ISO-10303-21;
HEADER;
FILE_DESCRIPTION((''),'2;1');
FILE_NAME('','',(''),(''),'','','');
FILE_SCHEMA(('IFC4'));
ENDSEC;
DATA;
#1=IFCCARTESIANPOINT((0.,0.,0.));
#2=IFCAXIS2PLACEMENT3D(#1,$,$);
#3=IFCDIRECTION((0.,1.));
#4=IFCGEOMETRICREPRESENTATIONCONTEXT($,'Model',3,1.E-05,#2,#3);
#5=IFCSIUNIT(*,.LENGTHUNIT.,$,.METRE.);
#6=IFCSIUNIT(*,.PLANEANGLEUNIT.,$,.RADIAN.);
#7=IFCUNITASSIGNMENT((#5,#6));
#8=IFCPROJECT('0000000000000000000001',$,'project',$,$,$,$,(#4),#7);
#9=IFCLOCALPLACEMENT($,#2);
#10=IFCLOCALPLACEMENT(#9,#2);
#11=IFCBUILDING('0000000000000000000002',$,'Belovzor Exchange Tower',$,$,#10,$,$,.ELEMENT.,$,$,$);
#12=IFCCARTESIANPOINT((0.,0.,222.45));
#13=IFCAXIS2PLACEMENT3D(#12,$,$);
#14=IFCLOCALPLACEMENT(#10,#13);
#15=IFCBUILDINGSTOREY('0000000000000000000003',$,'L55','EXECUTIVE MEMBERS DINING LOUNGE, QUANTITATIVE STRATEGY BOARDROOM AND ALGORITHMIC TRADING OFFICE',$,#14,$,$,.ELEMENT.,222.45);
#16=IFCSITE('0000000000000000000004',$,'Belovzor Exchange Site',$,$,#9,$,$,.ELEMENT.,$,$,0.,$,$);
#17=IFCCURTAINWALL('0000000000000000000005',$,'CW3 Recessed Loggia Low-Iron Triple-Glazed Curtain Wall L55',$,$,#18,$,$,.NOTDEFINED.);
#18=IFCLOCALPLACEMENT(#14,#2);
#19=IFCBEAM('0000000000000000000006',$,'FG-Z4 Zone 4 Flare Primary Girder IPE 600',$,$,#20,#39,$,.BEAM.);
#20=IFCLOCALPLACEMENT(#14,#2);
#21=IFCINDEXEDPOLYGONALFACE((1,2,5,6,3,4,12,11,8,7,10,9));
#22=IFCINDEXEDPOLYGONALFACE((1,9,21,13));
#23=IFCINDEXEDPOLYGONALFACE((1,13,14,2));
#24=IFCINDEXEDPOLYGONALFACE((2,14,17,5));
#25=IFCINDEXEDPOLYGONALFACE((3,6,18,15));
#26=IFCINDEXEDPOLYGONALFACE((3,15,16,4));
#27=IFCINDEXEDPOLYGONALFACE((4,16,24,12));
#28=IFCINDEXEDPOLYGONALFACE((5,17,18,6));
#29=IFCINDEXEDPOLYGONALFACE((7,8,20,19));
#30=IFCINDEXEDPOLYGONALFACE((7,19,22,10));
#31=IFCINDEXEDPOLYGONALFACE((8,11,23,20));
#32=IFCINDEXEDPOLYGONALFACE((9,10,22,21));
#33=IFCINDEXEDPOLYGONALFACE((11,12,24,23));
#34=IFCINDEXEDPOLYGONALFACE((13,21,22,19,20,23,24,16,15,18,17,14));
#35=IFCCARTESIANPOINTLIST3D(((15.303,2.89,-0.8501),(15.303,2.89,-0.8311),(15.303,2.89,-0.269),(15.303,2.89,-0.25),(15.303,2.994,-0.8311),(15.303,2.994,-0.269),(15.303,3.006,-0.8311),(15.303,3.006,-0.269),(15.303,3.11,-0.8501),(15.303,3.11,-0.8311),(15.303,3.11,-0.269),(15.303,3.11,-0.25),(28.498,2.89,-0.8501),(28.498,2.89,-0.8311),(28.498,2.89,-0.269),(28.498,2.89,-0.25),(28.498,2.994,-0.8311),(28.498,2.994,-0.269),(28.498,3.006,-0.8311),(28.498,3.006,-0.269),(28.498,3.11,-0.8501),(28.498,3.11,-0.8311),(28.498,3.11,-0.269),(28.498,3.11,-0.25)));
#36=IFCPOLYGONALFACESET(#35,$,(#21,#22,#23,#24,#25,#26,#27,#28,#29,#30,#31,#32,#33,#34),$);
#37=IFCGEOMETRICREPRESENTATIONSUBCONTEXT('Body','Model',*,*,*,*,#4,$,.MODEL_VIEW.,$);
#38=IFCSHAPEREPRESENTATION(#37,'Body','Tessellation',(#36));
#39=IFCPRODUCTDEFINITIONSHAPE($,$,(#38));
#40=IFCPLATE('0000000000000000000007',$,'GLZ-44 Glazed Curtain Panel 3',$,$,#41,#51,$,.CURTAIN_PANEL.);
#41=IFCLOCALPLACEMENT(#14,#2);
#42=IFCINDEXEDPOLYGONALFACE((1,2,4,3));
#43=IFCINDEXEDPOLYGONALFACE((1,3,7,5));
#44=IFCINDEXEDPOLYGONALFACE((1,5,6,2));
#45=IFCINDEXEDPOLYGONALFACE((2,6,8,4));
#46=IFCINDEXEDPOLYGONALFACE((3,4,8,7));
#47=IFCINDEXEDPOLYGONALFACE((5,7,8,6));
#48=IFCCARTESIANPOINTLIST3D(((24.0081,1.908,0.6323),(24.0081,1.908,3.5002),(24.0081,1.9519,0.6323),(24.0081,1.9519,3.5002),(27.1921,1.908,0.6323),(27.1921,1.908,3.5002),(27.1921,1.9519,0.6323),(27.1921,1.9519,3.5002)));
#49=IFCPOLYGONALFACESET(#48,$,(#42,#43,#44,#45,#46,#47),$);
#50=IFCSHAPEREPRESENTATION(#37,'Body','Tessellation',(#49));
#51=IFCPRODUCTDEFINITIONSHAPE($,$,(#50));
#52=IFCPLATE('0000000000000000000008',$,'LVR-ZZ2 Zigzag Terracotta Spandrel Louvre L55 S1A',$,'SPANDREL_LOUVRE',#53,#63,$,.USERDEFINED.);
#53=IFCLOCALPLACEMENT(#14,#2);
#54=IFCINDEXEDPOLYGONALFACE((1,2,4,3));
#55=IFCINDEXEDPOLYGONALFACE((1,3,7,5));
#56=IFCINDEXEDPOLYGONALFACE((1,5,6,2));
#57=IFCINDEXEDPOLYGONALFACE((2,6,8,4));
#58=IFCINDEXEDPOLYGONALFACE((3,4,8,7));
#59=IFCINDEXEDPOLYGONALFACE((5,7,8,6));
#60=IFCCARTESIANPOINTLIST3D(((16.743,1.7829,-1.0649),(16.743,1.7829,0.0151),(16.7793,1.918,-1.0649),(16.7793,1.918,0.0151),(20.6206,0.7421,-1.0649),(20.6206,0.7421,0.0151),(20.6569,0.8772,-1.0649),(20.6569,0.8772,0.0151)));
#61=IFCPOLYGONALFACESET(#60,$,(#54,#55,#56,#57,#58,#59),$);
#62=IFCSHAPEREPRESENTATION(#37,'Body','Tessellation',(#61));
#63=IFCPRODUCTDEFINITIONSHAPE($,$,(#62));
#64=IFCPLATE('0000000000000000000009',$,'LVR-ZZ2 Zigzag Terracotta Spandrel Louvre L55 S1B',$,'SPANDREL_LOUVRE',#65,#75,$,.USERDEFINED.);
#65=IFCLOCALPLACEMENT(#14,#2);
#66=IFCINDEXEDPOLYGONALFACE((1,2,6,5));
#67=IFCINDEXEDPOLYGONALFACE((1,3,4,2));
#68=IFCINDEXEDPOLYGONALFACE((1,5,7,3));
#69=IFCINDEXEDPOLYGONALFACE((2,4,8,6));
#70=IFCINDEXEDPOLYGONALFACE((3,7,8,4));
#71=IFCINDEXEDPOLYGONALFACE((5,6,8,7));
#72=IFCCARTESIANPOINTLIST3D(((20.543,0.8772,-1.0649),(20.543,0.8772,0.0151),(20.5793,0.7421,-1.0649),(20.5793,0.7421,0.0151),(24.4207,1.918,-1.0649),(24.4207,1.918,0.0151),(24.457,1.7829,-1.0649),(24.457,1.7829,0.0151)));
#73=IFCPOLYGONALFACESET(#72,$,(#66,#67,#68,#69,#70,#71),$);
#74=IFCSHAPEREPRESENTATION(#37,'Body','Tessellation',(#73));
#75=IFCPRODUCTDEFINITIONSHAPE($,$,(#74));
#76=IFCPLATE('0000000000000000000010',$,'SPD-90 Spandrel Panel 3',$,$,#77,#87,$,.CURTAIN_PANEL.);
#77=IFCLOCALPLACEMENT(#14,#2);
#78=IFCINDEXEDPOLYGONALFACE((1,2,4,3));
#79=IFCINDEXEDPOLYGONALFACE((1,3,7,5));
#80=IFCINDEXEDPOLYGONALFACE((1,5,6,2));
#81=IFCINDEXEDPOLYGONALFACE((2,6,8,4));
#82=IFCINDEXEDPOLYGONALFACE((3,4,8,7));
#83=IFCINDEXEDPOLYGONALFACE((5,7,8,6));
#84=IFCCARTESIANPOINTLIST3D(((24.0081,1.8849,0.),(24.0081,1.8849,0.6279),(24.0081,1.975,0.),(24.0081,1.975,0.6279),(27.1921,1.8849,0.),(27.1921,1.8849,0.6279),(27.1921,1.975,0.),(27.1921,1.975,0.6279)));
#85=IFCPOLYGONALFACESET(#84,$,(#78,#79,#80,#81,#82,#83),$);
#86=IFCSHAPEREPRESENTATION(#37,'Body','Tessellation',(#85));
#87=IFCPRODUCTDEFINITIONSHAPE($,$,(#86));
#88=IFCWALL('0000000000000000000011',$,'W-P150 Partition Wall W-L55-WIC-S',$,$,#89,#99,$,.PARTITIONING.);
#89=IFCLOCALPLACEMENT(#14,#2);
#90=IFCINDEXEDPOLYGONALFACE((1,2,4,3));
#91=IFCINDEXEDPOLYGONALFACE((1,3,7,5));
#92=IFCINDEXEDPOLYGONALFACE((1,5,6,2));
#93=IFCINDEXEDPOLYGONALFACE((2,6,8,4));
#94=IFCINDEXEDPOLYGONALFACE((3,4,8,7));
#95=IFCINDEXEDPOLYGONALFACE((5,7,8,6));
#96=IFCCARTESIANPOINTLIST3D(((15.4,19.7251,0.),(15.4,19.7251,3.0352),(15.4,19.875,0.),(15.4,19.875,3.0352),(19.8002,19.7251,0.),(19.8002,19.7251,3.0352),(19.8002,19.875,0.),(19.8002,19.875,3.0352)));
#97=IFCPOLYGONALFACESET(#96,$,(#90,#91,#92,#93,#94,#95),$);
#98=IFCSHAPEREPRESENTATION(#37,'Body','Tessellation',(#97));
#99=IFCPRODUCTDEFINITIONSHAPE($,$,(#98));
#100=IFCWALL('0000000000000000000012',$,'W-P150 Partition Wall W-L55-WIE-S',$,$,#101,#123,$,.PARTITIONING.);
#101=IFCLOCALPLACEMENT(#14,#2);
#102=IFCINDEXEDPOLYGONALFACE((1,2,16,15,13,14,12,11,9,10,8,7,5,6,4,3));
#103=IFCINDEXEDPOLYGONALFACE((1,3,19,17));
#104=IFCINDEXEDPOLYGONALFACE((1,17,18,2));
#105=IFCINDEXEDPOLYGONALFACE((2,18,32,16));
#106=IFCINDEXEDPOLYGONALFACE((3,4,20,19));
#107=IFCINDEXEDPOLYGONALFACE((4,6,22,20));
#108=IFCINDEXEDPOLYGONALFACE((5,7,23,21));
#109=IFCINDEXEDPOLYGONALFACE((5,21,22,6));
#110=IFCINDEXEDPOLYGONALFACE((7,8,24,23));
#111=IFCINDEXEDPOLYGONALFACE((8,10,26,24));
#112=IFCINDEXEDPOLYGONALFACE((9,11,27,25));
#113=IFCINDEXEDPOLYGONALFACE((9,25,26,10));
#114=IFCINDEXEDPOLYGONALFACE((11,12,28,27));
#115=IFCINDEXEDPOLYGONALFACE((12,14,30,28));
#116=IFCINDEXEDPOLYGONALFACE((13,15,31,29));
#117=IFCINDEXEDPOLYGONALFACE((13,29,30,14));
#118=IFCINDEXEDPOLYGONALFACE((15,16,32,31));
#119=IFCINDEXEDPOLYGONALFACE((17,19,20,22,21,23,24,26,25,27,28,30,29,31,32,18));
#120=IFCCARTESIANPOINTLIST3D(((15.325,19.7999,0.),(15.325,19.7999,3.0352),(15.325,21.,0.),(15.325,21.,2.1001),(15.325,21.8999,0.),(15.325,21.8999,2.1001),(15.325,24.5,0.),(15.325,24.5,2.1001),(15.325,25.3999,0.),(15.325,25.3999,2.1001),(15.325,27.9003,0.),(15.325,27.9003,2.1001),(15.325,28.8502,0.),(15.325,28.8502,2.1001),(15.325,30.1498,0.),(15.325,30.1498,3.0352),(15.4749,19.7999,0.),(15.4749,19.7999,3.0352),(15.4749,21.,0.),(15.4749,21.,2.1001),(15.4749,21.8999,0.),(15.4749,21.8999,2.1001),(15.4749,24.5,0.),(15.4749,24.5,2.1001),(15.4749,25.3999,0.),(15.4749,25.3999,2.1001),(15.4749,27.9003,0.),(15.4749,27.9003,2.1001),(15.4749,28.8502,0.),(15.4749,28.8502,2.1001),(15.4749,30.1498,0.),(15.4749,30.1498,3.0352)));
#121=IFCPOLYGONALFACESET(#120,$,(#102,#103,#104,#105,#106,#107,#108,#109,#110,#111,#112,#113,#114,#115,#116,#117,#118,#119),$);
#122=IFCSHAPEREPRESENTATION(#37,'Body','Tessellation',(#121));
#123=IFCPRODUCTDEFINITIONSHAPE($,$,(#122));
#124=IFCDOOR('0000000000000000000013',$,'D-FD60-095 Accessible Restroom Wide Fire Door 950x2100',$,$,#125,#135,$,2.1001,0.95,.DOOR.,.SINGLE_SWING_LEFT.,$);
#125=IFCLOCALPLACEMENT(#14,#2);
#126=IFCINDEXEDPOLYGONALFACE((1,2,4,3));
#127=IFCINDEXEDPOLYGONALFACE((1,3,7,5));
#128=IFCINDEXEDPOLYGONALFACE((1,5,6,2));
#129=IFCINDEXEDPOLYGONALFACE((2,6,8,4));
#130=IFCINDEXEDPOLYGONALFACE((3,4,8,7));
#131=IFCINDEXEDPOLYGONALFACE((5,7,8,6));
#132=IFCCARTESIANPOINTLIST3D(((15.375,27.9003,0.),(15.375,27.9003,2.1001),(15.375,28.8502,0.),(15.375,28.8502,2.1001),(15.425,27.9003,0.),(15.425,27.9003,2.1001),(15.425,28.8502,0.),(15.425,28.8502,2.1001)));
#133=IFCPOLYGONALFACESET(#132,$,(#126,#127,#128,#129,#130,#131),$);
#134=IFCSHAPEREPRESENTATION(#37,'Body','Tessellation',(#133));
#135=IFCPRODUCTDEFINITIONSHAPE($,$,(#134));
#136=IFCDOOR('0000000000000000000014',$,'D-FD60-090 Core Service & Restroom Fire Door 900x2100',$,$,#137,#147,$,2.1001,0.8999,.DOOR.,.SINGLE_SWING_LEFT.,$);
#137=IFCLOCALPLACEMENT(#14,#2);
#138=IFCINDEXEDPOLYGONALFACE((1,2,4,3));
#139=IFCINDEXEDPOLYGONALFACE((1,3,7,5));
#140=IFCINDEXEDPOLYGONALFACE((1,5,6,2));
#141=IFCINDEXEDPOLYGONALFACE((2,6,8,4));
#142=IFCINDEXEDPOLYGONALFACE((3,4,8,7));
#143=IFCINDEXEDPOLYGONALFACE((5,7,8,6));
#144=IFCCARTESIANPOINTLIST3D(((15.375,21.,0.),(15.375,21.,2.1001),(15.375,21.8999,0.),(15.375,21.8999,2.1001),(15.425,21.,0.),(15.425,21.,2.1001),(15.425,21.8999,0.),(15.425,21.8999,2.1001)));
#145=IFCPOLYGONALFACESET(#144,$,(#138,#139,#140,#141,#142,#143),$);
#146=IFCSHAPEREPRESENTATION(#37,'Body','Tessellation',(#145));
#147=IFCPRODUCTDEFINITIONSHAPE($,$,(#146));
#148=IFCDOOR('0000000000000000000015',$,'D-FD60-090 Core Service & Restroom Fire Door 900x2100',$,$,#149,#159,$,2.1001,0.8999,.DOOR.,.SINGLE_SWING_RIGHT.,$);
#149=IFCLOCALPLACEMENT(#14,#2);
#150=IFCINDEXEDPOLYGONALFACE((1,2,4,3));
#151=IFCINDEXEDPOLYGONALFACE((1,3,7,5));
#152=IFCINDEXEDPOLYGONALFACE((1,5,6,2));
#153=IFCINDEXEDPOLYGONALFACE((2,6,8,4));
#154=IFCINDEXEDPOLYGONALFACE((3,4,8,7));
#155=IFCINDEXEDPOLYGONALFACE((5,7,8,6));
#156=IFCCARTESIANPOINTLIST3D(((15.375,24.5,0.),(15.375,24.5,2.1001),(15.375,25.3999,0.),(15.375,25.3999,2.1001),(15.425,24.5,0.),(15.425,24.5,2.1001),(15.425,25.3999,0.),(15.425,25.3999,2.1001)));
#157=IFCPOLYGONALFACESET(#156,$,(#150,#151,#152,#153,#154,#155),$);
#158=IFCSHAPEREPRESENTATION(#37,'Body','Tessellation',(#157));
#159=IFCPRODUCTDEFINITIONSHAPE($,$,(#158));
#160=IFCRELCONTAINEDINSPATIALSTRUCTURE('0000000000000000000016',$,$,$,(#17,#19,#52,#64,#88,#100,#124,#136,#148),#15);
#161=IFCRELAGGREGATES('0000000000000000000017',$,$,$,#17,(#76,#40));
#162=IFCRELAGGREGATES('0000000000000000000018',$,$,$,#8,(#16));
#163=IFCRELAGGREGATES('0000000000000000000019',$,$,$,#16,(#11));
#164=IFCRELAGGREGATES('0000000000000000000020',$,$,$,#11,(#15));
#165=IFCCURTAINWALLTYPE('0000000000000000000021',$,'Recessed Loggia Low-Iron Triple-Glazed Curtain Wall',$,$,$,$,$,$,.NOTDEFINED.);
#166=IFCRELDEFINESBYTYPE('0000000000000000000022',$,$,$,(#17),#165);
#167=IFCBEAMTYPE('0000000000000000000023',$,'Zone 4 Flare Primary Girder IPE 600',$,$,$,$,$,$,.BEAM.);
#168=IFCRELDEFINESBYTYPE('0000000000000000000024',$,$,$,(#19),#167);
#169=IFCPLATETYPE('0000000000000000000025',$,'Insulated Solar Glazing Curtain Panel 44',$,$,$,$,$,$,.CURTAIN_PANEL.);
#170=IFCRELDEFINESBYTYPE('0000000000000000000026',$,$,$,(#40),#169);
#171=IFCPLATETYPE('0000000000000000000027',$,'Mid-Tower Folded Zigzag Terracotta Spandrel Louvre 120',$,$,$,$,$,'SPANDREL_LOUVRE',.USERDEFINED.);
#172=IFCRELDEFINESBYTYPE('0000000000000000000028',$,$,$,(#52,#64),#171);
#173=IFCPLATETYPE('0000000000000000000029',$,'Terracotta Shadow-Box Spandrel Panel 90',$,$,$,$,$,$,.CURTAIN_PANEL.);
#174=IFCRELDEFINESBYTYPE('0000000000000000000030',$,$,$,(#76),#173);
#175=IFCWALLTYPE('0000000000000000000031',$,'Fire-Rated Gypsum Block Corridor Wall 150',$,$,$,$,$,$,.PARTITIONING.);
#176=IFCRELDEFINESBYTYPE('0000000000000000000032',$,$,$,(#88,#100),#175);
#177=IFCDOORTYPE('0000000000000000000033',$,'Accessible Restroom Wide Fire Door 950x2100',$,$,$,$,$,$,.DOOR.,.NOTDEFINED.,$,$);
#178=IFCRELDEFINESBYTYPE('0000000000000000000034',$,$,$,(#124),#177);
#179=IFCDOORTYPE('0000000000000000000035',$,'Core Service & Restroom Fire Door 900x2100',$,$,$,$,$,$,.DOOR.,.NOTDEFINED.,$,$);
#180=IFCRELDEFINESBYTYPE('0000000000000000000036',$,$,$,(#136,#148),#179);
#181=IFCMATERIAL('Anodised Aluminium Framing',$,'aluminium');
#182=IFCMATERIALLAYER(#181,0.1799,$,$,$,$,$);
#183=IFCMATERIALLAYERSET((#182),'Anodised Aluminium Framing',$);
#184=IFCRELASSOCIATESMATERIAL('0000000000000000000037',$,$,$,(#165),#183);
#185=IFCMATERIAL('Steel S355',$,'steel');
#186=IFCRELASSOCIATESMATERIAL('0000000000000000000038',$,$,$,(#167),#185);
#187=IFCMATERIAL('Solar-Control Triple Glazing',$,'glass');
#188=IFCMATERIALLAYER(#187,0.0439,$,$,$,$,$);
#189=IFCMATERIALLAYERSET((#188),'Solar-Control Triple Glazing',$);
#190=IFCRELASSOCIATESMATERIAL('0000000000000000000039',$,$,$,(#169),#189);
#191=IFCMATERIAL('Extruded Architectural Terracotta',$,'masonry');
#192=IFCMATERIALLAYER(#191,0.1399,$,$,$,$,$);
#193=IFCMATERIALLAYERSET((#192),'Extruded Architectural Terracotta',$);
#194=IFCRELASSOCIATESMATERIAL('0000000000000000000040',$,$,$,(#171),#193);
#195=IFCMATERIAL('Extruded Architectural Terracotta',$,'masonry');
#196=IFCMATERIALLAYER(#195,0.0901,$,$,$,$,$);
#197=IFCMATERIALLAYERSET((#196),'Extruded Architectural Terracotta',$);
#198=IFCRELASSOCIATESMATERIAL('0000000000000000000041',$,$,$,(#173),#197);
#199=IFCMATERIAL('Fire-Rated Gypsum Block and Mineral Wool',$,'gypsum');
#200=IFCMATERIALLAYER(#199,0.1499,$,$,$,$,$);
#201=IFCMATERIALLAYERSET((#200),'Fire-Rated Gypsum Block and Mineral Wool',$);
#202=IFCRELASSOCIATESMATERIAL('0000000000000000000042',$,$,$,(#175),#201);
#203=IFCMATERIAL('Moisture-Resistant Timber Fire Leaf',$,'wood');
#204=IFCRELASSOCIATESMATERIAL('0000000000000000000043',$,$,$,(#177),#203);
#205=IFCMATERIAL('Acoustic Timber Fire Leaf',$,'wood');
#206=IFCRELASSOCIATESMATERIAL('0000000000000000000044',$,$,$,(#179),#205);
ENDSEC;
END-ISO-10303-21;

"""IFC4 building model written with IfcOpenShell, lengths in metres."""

from ifc_helpers import new_model, si_unit, direction, frame, frame_2d, origin, origin_2d, place, context, subcontext, project, spatial, rectangle, i_section, extrude, material, layer, layer_set, material_profile, profile_set, type_object, element, fill, aggregate, save


model = new_model("IFC4")

# Units and contexts
model_context = context("Model", 3, precision=1e-05, world=origin(), true_north=direction((0.0, 1.0)))
body_context = subcontext(model_context, "Body", "Model", "MODEL_VIEW")
ifc_project = project(units=[si_unit("LENGTHUNIT", "METRE"), si_unit("PLANEANGLEUNIT", "RADIAN")], contexts=[model_context])

# Site, building, storey
site_placement = place(None, origin())
site = spatial("IfcSite", under=ifc_project, at=site_placement, Name="Belovzor Exchange Site", CompositionType="ELEMENT", RefElevation=0.0)
building_placement = place(site_placement, origin())
building = spatial("IfcBuilding", under=site, at=building_placement, Name="Belovzor Exchange Tower", CompositionType="ELEMENT")
storey_placement = place(building_placement, frame((0.0, 0.0, 222.45)))
storey = spatial("IfcBuildingStorey", under=building, at=storey_placement, Name="L55", Description="EXECUTIVE MEMBERS DINING LOUNGE, QUANTITATIVE STRATEGY BOARDROOM AND ALGORITHMIC TRADING OFFICE", CompositionType="ELEMENT", Elevation=222.45)

# Curtain wall
ifc_material_1 = material(Name="Anodised Aluminium Framing", Category="aluminium")
ifc_layer_1 = layer(ifc_material_1, 0.1799)
ifc_layer_set_1 = layer_set([ifc_layer_1], Name="Anodised Aluminium Framing")
curtain_wall_type = type_object("IfcCurtainWallType", Name="Recessed Loggia Low-Iron Triple-Glazed Curtain Wall", PredefinedType="NOTDEFINED", material=ifc_layer_set_1)
curtain_wall_placement = place(storey_placement, origin())
curtain_wall = element("IfcCurtainWall", 1, at=curtain_wall_placement, inside=storey, type_object=curtain_wall_type, Name="CW3 Recessed Loggia Low-Iron Triple-Glazed Curtain Wall L55", PredefinedType="NOTDEFINED")

# Beam
ifc_material_2 = material(Name="Steel S355", Category="steel")
ifc_material_profile_1 = material_profile(ifc_material_2, i_section(OverallWidth=0.22, OverallDepth=0.6001, WebThickness=0.012, FlangeThickness=0.019, at=origin_2d()))
ifc_profile_set_1 = profile_set([ifc_material_profile_1], Name="Steel S355")
beam_type_1 = type_object("IfcBeamType", Name="Zone 4 Flare Primary Girder IPE 600", PredefinedType="BEAM", material=ifc_profile_set_1)
beam_1_placement = place(storey_placement, frame((15.303, 3.0, -0.55), z_axis=(1.0, 0.0, 0.0), x_axis=(0.0, 1.0, 0.0)))
element("IfcBeam", 2, at=beam_1_placement, inside=storey, type_object=beam_type_1, Name="FG-Z4 Zone 4 Flare Primary Girder IPE 600", PredefinedType="BEAM", context=body_context, shape_type="SweptSolid", body=[
    extrude(i_section(OverallWidth=0.22, OverallDepth=0.6001, WebThickness=0.012, FlangeThickness=0.019, at=origin_2d()), origin(), (0.0, 0.0, 1.0), 13.1951),
])

# Plate
ifc_material_3 = material(Name="Solar-Control Triple Glazing", Category="glass")
ifc_layer_2 = layer(ifc_material_3, 0.0439)
ifc_layer_set_2 = layer_set([ifc_layer_2], Name="Solar-Control Triple Glazing")
plate_type_1 = type_object("IfcPlateType", Name="Insulated Solar Glazing Curtain Panel 44", PredefinedType="CURTAIN_PANEL", material=ifc_layer_set_2)
plate_1_placement = place(storey_placement, frame((25.6001, 1.9299, 0.6323), z_axis=(0.0, 0.0, 1.0), x_axis=(-1.0, 0.0, 0.0)))
plate_1 = element("IfcPlate", 3, at=plate_1_placement, type_object=plate_type_1, Name="GLZ-44 Glazed Curtain Panel 3", PredefinedType="CURTAIN_PANEL", context=body_context, shape_type="SweptSolid", body=[
    extrude(rectangle(XDim=3.1841, YDim=0.0439, at=origin_2d()), origin(), (0.0, 0.0, 1.0), 2.8679),
])

# Plates
ifc_material_4 = material(Name="Extruded Architectural Terracotta", Category="masonry")
ifc_layer_3 = layer(ifc_material_4, 0.1399)
ifc_layer_set_3 = layer_set([ifc_layer_3], Name="Extruded Architectural Terracotta")
plate_type_2 = type_object("IfcPlateType", Name="Mid-Tower Folded Zigzag Terracotta Spandrel Louvre 120", ElementType="SPANDREL_LOUVRE", PredefinedType="USERDEFINED", material=ifc_layer_set_3)
for number, where, z_axis, x_axis, name in (
    (4, (18.7, 1.3301, -1.0649), (0.0, 0.0, 1.0), (0.965813, -0.25924, 0.0), "LVR-ZZ2 Zigzag Terracotta Spandrel Louvre L55 S1A"),
    (5, (22.5, 1.3301, -1.0649), (0.0, 0.0, 1.0), (0.965813, 0.25924, 0.0), "LVR-ZZ2 Zigzag Terracotta Spandrel Louvre L55 S1B"),
):
    element("IfcPlate", number, at=place(storey_placement, frame(where, z_axis=z_axis, x_axis=x_axis)), inside=storey, type_object=plate_type_2, Name=name, ObjectType="SPANDREL_LOUVRE", PredefinedType="USERDEFINED", context=body_context, shape_type="SweptSolid", body=[
        extrude(rectangle(XDim=4.0149, YDim=0.1399, at=origin_2d()), origin(), (0.0, 0.0, 1.0), 1.0801),
    ])

# Plate
ifc_material_5 = material(Name="Extruded Architectural Terracotta", Category="masonry")
ifc_layer_4 = layer(ifc_material_5, 0.0901)
ifc_layer_set_4 = layer_set([ifc_layer_4], Name="Extruded Architectural Terracotta")
plate_type_3 = type_object("IfcPlateType", Name="Terracotta Shadow-Box Spandrel Panel 90", PredefinedType="CURTAIN_PANEL", material=ifc_layer_set_4)
plate_2_placement = place(storey_placement, frame((25.6001, 1.9299, 0.0), z_axis=(0.0, 0.0, 1.0), x_axis=(-1.0, 0.0, 0.0)))
plate_2 = element("IfcPlate", 6, at=plate_2_placement, type_object=plate_type_3, Name="SPD-90 Spandrel Panel 3", PredefinedType="CURTAIN_PANEL", context=body_context, shape_type="SweptSolid", body=[
    extrude(rectangle(XDim=3.1841, YDim=0.0901, at=origin_2d()), origin(), (0.0, 0.0, 1.0), 0.6279),
])
aggregate(curtain_wall, [plate_2, plate_1])

# Wall
ifc_material_6 = material(Name="Fire-Rated Gypsum Block and Mineral Wool", Category="gypsum")
ifc_layer_5 = layer(ifc_material_6, 0.1499)
ifc_layer_set_5 = layer_set([ifc_layer_5], Name="Fire-Rated Gypsum Block and Mineral Wool")
wall_type_1 = type_object("IfcWallType", Name="Fire-Rated Gypsum Block Corridor Wall 150", PredefinedType="PARTITIONING", material=ifc_layer_set_5)
wall_1_placement = place(storey_placement, frame((15.3999, 19.8, 0.0), z_axis=(0.0, 0.0, 1.0), x_axis=(1.0, 0.0, 0.0)))
element("IfcWall", 7, at=wall_1_placement, inside=storey, type_object=wall_type_1, Name="W-P150 Partition Wall W-L55-WIC-S", PredefinedType="PARTITIONING", context=body_context, shape_type="SweptSolid", body=[
    extrude(rectangle(XDim=4.4001, YDim=0.1499, at=frame_2d((2.2002, 0.0))), origin(), (0.0, 0.0, 1.0), 3.0352),
])

# Wall, openings, doors
wall_2_placement = place(storey_placement, frame((15.3999, 19.8, 0.0), z_axis=(0.0, 0.0, 1.0), x_axis=(0.0, 1.0, 0.0)))
wall_2 = element("IfcWall", 8, at=wall_2_placement, inside=storey, type_object=wall_type_1, Name="W-P150 Partition Wall W-L55-WIE-S", PredefinedType="PARTITIONING", context=body_context, shape_type="SweptSolid", body=[
    extrude(rectangle(XDim=10.3499, YDim=0.1499, at=frame_2d((5.1748, 0.0))), origin(), (0.0, 0.0, 1.0), 3.0352),
])
opening_1_placement = place(wall_2_placement, frame((1.2, 0.0, 0.0)))
opening_1 = element("IfcOpeningElement", 9, at=opening_1_placement, cuts=wall_2, PredefinedType="OPENING", context=body_context, shape_type="SweptSolid", body=[
    extrude(rectangle(XDim=0.8999, YDim=2.1001, at=frame_2d((0.45, 1.05))), frame((0.0, 0.085, 0.0), z_axis=(0.0, -1.0, 0.0), x_axis=(1.0, 0.0, 0.0)), (0.0, 0.0, 1.0), 0.1699),
])
opening_2_placement = place(wall_2_placement, frame((4.7, 0.0, 0.0)))
opening_2 = element("IfcOpeningElement", 10, at=opening_2_placement, cuts=wall_2, PredefinedType="OPENING", context=body_context, shape_type="SweptSolid", body=[
    extrude(rectangle(XDim=0.8999, YDim=2.1001, at=frame_2d((0.45, 1.05))), frame((0.0, 0.085, 0.0), z_axis=(0.0, -1.0, 0.0), x_axis=(1.0, 0.0, 0.0)), (0.0, 0.0, 1.0), 0.1699),
])
opening_3_placement = place(wall_2_placement, frame((8.1001, 0.0, 0.0)))
opening_3 = element("IfcOpeningElement", 11, at=opening_3_placement, cuts=wall_2, PredefinedType="OPENING", context=body_context, shape_type="SweptSolid", body=[
    extrude(rectangle(XDim=0.95, YDim=2.1001, at=frame_2d((0.4751, 1.05))), frame((0.0, 0.085, 0.0), z_axis=(0.0, -1.0, 0.0), x_axis=(1.0, 0.0, 0.0)), (0.0, 0.0, 1.0), 0.1699),
])
ifc_material_7 = material(Name="Moisture-Resistant Timber Fire Leaf", Category="wood")
door_type_1 = type_object("IfcDoorType", Name="Accessible Restroom Wide Fire Door 950x2100", OperationType="NOTDEFINED", PredefinedType="DOOR", material=ifc_material_7)
door_1_placement = place(opening_3_placement, origin())
door_1 = element("IfcDoor", 12, at=door_1_placement, inside=storey, type_object=door_type_1, Name="D-FD60-095 Accessible Restroom Wide Fire Door 950x2100", OperationType="SINGLE_SWING_LEFT", OverallHeight=2.1001, OverallWidth=0.95, PredefinedType="DOOR", context=body_context, shape_type="SweptSolid", body=[
    extrude(rectangle(XDim=0.95, YDim=2.1001, at=frame_2d((0.4751, 1.05))), frame((0.0, 0.0249, 0.0), z_axis=(0.0, -1.0, 0.0), x_axis=(1.0, 0.0, 0.0)), (0.0, 0.0, 1.0), 0.05),
])
fill(opening_3, door_1)
ifc_material_8 = material(Name="Acoustic Timber Fire Leaf", Category="wood")
door_type_2 = type_object("IfcDoorType", Name="Core Service & Restroom Fire Door 900x2100", OperationType="NOTDEFINED", PredefinedType="DOOR", material=ifc_material_8)
door_2_placement = place(opening_1_placement, origin())
door_2 = element("IfcDoor", 13, at=door_2_placement, inside=storey, type_object=door_type_2, Name="D-FD60-090 Core Service & Restroom Fire Door 900x2100", OperationType="SINGLE_SWING_LEFT", OverallHeight=2.1001, OverallWidth=0.8999, PredefinedType="DOOR", context=body_context, shape_type="SweptSolid", body=[
    extrude(rectangle(XDim=0.8999, YDim=2.1001, at=frame_2d((0.45, 1.05))), frame((0.0, 0.0249, 0.0), z_axis=(0.0, -1.0, 0.0), x_axis=(1.0, 0.0, 0.0)), (0.0, 0.0, 1.0), 0.05),
])
fill(opening_1, door_2)
door_3_placement = place(opening_2_placement, origin())
door_3 = element("IfcDoor", 14, at=door_3_placement, inside=storey, type_object=door_type_2, Name="D-FD60-090 Core Service & Restroom Fire Door 900x2100", OperationType="SINGLE_SWING_RIGHT", OverallHeight=2.1001, OverallWidth=0.8999, PredefinedType="DOOR", context=body_context, shape_type="SweptSolid", body=[
    extrude(rectangle(XDim=0.8999, YDim=2.1001, at=frame_2d((0.45, 1.05))), frame((0.0, 0.0249, 0.0), z_axis=(0.0, -1.0, 0.0), x_axis=(1.0, 0.0, 0.0)), (0.0, 0.0, 1.0), 0.05),
])
fill(opening_2, door_3)

save(model, "model.ifc")
